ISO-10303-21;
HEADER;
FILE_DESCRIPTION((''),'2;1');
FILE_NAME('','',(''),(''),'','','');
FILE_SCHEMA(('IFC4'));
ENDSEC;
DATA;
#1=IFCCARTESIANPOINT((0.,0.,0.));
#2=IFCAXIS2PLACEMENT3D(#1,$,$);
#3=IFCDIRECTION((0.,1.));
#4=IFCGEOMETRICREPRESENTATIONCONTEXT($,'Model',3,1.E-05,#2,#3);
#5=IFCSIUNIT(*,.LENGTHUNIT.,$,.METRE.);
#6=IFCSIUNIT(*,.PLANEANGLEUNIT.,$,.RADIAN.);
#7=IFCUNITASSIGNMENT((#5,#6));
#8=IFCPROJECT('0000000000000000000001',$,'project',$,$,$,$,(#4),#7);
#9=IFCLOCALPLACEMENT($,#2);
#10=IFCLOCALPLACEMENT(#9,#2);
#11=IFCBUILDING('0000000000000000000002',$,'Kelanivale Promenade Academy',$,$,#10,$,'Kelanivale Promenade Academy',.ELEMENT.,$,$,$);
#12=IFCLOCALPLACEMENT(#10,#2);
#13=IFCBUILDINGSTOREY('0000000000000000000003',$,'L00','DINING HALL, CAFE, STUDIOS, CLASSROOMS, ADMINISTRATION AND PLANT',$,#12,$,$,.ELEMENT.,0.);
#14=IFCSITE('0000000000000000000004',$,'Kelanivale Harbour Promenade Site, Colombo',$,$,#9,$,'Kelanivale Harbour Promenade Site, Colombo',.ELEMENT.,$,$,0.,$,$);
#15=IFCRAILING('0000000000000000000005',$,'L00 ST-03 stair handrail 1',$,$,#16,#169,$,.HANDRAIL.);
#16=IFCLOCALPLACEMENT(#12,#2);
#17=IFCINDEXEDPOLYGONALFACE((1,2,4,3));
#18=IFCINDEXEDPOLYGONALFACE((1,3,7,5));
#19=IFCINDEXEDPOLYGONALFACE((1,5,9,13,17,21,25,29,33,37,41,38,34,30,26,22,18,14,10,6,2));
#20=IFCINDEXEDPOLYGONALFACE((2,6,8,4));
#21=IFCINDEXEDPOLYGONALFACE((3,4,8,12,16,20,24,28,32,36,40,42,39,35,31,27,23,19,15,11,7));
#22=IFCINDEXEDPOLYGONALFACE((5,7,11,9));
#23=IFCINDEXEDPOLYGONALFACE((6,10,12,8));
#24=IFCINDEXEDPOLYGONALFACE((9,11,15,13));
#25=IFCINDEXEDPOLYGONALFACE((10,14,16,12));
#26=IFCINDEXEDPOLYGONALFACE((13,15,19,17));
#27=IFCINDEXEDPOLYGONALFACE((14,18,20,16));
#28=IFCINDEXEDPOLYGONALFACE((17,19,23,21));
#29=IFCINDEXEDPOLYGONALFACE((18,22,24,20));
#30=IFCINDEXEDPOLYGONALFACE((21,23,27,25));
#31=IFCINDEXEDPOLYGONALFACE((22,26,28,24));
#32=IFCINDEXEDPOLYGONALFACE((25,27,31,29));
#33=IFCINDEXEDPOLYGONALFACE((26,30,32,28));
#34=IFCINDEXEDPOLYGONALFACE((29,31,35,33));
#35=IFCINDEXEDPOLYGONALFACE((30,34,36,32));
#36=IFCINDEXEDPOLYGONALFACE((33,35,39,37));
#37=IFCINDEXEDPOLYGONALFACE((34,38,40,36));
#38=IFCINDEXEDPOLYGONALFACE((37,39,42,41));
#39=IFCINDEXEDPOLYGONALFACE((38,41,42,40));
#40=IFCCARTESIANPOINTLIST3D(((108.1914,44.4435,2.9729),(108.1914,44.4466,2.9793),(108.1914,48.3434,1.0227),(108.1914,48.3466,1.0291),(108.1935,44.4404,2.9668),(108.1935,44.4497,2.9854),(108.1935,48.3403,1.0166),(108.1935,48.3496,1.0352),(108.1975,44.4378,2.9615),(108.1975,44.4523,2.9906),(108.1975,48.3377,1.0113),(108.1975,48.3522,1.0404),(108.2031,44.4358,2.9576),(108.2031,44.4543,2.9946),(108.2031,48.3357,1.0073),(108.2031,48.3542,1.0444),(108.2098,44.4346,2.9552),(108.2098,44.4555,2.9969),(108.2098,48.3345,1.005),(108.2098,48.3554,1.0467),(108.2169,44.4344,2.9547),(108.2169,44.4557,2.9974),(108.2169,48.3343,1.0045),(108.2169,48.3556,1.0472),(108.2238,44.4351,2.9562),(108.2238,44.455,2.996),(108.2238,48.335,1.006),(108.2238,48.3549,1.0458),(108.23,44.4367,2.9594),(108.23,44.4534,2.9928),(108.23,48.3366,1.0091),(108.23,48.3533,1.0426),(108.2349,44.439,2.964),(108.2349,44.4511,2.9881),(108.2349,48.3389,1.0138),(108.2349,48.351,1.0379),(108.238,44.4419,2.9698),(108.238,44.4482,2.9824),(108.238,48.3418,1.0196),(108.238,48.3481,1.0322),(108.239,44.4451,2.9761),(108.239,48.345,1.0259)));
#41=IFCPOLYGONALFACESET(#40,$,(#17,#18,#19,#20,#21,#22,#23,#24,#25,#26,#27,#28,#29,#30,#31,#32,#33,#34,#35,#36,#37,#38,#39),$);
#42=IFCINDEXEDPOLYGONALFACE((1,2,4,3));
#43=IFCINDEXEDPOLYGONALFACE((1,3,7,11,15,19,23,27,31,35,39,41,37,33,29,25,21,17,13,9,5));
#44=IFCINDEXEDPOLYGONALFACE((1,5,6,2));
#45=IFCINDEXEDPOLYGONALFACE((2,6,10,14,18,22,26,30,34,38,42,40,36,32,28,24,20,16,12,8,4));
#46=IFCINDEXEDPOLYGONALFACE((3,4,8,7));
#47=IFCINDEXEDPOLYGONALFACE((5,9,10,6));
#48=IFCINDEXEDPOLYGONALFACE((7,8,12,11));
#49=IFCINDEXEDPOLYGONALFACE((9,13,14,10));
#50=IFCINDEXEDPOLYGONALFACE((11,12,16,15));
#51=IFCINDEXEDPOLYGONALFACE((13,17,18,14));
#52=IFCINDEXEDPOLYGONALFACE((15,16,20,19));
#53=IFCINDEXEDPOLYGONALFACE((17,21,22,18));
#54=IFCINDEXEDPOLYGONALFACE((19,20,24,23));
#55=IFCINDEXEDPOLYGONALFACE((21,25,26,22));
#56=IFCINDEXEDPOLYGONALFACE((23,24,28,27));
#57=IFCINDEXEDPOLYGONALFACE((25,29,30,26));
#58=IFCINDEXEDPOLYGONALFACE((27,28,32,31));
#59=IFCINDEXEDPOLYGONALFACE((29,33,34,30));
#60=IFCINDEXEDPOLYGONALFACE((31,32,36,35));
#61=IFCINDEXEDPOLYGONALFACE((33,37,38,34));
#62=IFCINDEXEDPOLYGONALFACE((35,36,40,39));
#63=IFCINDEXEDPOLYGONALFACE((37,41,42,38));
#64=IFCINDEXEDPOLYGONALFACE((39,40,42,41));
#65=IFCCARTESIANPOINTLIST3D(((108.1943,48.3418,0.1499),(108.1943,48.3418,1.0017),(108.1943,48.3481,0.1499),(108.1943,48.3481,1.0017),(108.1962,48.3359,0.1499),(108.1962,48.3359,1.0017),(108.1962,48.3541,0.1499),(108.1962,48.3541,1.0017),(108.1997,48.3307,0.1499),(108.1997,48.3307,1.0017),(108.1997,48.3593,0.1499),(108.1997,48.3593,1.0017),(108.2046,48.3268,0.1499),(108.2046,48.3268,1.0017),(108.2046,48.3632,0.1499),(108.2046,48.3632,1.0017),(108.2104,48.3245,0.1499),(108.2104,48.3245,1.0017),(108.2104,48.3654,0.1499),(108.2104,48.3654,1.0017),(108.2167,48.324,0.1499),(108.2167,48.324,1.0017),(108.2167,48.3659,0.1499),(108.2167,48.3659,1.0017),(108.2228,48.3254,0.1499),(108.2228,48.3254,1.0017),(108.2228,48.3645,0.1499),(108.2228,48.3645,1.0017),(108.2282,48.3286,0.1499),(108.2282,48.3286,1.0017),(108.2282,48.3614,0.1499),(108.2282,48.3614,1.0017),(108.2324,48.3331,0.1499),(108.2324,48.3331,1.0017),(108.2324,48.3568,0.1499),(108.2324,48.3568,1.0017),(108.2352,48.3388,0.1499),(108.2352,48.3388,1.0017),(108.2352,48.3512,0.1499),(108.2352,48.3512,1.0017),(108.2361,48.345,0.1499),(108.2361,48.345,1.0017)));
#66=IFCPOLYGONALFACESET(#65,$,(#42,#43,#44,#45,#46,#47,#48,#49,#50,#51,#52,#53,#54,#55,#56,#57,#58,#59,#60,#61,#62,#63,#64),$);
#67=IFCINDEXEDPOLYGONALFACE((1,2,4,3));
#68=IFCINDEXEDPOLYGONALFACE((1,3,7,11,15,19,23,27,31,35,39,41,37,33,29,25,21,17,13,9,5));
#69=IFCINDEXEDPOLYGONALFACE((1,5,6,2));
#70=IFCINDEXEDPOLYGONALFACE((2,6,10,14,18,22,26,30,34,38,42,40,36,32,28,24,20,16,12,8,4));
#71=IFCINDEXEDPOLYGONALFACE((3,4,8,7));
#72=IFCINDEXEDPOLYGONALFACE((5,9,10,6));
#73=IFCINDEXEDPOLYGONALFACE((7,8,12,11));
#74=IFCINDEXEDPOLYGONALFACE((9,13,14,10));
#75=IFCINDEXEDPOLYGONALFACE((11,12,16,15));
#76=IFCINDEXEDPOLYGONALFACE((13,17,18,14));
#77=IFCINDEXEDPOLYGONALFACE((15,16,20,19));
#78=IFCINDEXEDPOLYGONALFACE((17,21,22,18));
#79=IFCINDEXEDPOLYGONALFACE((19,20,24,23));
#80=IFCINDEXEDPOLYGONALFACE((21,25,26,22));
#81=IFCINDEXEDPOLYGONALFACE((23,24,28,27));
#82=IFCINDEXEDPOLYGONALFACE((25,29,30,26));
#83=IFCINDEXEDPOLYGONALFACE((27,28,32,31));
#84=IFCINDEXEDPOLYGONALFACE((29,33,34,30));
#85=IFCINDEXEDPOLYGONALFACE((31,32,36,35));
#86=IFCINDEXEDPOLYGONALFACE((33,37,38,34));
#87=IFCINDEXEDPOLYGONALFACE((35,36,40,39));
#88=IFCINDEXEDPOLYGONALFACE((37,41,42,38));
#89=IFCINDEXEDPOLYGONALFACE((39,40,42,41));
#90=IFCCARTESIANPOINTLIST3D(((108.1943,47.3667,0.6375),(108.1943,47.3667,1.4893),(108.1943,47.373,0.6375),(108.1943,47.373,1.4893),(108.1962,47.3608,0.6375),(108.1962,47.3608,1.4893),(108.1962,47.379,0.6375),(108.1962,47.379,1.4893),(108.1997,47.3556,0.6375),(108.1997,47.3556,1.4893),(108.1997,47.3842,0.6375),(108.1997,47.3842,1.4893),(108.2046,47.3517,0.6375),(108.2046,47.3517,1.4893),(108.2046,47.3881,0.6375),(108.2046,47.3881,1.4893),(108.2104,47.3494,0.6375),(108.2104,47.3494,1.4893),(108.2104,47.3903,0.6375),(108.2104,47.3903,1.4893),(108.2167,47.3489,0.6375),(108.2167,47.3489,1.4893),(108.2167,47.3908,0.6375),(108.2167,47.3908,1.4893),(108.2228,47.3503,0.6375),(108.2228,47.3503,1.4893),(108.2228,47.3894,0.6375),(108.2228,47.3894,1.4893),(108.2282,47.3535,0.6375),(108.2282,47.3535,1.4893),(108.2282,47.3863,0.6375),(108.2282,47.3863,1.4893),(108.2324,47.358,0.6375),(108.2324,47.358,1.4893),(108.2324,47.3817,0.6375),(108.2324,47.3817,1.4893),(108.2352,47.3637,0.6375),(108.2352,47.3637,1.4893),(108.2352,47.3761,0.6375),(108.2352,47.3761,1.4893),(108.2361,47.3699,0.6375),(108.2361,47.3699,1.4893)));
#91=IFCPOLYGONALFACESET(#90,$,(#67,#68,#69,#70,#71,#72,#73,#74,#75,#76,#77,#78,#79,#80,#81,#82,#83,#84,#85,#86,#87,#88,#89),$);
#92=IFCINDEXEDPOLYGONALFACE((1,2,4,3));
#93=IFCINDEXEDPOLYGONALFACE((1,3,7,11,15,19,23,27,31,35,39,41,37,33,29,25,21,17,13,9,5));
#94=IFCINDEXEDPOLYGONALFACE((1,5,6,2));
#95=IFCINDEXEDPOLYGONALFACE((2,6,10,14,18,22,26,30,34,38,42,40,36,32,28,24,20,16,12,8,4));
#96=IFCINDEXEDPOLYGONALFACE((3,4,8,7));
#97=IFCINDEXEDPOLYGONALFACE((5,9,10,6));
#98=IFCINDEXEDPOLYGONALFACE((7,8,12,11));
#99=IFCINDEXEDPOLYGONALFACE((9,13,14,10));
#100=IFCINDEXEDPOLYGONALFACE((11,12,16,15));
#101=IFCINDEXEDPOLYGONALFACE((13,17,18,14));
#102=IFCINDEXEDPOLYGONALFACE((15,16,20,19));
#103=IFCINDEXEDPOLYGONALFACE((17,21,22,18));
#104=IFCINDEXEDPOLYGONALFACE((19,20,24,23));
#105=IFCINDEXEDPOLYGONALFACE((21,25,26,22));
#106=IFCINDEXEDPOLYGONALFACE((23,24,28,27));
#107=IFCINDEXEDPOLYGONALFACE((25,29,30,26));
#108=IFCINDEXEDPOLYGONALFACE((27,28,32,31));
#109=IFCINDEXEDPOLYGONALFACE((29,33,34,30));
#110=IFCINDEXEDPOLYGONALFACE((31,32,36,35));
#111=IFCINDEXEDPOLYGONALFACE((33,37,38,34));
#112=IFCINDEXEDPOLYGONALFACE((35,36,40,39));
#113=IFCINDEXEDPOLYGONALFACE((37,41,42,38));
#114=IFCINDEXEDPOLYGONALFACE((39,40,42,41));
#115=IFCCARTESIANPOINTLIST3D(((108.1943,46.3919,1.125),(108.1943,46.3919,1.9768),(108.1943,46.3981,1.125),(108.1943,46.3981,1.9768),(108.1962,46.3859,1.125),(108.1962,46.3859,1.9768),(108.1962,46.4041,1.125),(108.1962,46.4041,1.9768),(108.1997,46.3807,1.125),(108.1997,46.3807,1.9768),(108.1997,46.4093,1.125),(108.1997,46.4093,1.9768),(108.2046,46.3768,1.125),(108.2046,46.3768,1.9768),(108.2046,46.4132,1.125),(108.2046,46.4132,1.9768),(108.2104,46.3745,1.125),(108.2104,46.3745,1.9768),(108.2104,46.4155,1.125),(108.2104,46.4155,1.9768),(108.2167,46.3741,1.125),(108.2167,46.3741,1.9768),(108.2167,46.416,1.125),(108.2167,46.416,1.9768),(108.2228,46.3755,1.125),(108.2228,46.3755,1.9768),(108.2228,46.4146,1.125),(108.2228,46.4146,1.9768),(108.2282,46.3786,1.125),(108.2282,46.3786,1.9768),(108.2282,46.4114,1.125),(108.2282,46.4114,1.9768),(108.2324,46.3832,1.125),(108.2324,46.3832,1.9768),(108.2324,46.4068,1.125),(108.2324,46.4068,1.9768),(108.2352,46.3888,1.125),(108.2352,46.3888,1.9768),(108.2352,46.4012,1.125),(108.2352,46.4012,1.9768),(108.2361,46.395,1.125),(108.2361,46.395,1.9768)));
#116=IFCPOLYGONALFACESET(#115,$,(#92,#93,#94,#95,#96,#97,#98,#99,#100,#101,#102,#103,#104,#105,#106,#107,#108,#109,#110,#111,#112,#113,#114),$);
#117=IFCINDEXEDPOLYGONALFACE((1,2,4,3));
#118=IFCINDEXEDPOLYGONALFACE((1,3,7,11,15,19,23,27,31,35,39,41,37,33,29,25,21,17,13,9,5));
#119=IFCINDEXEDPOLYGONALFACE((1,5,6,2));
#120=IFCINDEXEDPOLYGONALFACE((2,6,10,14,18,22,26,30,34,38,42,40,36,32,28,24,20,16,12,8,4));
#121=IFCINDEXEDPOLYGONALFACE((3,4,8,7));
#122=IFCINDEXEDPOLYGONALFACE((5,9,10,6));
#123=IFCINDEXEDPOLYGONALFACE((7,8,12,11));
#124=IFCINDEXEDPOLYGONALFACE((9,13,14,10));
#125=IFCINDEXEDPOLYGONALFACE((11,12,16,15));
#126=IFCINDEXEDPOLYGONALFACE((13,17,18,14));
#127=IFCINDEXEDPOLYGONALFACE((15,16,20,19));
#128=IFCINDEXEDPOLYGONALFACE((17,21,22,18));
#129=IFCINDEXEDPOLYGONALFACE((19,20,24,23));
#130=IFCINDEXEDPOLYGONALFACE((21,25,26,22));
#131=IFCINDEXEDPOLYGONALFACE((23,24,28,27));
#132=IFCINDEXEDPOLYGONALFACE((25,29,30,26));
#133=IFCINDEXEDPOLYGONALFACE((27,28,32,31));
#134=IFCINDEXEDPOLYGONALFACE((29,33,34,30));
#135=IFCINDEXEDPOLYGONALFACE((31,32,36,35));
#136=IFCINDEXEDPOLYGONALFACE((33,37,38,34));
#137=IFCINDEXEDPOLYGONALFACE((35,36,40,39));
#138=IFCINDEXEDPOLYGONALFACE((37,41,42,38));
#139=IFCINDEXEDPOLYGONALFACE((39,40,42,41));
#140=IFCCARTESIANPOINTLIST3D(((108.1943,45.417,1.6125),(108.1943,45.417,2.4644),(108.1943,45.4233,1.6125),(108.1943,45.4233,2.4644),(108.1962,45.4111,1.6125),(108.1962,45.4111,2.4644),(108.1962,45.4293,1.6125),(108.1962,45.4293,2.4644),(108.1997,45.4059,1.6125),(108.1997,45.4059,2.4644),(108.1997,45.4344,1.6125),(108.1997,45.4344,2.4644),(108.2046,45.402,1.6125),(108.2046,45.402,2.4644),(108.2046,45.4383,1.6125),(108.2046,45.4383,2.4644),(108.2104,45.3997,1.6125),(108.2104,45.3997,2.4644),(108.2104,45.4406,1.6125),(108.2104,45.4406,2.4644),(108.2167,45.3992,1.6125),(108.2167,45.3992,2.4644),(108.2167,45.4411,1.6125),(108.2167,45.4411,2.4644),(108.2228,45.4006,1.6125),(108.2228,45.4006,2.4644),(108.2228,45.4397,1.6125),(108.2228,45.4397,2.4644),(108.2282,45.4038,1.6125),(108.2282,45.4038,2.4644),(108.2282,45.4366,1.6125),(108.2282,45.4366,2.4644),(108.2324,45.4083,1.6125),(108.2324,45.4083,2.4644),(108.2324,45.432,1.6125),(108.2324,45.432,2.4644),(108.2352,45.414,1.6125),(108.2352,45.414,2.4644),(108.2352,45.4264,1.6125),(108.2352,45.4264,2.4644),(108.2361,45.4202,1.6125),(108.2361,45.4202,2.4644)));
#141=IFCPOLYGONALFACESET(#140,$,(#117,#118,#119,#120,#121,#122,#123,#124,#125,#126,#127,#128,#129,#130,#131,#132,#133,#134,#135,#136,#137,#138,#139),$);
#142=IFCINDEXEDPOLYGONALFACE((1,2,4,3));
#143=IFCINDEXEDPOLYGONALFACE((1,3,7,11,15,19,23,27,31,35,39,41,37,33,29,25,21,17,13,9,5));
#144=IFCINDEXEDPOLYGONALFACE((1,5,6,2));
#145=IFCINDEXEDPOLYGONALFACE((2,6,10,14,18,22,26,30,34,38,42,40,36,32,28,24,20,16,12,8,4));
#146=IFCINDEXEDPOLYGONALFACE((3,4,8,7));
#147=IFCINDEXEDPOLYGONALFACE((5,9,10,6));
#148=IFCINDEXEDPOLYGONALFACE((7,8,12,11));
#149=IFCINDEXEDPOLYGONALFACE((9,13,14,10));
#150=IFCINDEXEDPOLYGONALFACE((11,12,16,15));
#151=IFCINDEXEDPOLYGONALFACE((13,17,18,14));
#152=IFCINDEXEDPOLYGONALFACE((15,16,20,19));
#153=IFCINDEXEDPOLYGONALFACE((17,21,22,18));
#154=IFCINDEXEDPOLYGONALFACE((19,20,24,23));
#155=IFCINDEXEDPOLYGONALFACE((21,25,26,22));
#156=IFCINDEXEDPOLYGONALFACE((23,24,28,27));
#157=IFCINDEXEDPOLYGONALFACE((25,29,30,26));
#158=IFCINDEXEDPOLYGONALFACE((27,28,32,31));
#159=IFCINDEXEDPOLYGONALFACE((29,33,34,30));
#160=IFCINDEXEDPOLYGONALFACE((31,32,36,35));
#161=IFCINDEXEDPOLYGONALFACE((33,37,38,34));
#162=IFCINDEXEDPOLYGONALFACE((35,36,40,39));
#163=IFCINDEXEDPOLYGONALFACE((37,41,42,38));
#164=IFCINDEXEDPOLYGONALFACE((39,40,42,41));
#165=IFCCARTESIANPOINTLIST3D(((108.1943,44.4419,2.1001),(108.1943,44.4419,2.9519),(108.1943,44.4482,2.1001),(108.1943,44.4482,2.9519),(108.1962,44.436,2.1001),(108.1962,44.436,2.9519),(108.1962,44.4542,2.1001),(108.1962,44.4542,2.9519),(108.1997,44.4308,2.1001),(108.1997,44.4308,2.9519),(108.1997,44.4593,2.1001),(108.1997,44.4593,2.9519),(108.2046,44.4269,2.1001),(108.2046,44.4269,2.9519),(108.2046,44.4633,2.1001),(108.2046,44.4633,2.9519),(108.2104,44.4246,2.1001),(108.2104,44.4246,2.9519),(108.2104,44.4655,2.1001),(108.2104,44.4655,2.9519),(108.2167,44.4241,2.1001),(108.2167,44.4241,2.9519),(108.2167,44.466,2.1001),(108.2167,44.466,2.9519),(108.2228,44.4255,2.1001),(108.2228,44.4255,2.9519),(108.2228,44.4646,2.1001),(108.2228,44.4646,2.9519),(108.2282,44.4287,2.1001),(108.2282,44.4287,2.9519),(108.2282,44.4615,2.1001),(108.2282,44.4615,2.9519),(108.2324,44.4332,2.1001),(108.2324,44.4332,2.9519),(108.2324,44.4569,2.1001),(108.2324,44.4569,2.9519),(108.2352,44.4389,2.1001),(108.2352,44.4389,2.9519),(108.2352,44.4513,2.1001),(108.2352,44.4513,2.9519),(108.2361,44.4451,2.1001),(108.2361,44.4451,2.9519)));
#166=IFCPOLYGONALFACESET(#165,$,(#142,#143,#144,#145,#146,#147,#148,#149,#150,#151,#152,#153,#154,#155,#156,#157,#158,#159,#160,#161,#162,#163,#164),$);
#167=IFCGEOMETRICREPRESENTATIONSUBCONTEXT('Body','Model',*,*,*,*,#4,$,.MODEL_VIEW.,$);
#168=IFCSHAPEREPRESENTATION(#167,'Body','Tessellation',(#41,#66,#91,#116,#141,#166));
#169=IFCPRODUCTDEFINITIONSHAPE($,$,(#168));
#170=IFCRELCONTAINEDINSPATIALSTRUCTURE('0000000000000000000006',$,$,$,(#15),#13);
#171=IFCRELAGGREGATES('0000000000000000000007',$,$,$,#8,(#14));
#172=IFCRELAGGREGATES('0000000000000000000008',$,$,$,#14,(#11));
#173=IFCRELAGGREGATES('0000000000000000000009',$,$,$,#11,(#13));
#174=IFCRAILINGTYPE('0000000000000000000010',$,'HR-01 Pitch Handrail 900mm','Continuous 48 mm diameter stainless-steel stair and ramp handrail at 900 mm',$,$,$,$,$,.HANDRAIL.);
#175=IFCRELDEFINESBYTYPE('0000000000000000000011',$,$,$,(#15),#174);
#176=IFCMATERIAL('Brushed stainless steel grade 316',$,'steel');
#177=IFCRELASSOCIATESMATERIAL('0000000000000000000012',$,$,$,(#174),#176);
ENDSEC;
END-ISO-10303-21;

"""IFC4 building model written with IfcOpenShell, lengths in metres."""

from ifc_helpers import new_model, si_unit, direction, frame, origin, origin_2d, place, context, subcontext, project, spatial, circle, extrude, material, type_object, element, save


model = new_model("IFC4")

# Units and contexts
model_context = context("Model", 3, precision=1e-05, world=origin(), true_north=direction((0.0, 1.0)))
body_context = subcontext(model_context, "Body", "Model", "MODEL_VIEW")
ifc_project = project(units=[si_unit("LENGTHUNIT", "METRE"), si_unit("PLANEANGLEUNIT", "RADIAN")], contexts=[model_context])

# Site, building, storey
site_placement = place(None, origin())
site = spatial("IfcSite", under=ifc_project, at=site_placement, Name="Kelanivale Harbour Promenade Site, Colombo", LongName="Kelanivale Harbour Promenade Site, Colombo", CompositionType="ELEMENT", RefElevation=0.0)
building_placement = place(site_placement, origin())
building = spatial("IfcBuilding", under=site, at=building_placement, Name="Kelanivale Promenade Academy", LongName="Kelanivale Promenade Academy", CompositionType="ELEMENT")
storey_placement = place(building_placement, origin())
storey = spatial("IfcBuildingStorey", under=building, at=storey_placement, Name="L00", Description="DINING HALL, CAFE, STUDIOS, CLASSROOMS, ADMINISTRATION AND PLANT", CompositionType="ELEMENT", Elevation=0.0)

# Railing
ifc_material_1 = material(Name="Brushed stainless steel grade 316", Category="steel")
railing_type = type_object("IfcRailingType", Name="HR-01 Pitch Handrail 900mm", Description="Continuous 48 mm diameter stainless-steel stair and ramp handrail at 900 mm", PredefinedType="HANDRAIL", material=ifc_material_1)
railing_placement = place(storey_placement, frame((108.2151, 48.345, 0.1499)))
element("IfcRailing", 1, at=railing_placement, inside=storey, type_object=railing_type, Name="L00 ST-03 stair handrail 1", PredefinedType="HANDRAIL", context=body_context, shape_type="SweptSolid", body=[
    extrude(circle(Radius=0.0239, at=origin_2d()), frame((0.0, 0.0, 0.876), z_axis=(0.0, -0.894405, 0.447258), x_axis=(1.0, 0.0, 0.0)), (0.0, 0.0, 1.0), 4.3604),
    extrude(circle(Radius=0.021, at=origin_2d()), origin(), (0.0, 0.0, 1.0), 0.8518),
    extrude(circle(Radius=0.021, at=origin_2d()), frame((0.0, -0.9751, 0.4875)), (0.0, 0.0, 1.0), 0.8518),
    extrude(circle(Radius=0.021, at=origin_2d()), frame((0.0, -1.95, 0.9751)), (0.0, 0.0, 1.0), 0.8518),
    extrude(circle(Radius=0.021, at=origin_2d()), frame((0.0, -2.9248, 1.4626)), (0.0, 0.0, 1.0), 0.8518),
    extrude(circle(Radius=0.021, at=origin_2d()), frame((0.0, -3.8999, 1.9502)), (0.0, 0.0, 1.0), 0.8518),
])

save(model, "model.ifc")
